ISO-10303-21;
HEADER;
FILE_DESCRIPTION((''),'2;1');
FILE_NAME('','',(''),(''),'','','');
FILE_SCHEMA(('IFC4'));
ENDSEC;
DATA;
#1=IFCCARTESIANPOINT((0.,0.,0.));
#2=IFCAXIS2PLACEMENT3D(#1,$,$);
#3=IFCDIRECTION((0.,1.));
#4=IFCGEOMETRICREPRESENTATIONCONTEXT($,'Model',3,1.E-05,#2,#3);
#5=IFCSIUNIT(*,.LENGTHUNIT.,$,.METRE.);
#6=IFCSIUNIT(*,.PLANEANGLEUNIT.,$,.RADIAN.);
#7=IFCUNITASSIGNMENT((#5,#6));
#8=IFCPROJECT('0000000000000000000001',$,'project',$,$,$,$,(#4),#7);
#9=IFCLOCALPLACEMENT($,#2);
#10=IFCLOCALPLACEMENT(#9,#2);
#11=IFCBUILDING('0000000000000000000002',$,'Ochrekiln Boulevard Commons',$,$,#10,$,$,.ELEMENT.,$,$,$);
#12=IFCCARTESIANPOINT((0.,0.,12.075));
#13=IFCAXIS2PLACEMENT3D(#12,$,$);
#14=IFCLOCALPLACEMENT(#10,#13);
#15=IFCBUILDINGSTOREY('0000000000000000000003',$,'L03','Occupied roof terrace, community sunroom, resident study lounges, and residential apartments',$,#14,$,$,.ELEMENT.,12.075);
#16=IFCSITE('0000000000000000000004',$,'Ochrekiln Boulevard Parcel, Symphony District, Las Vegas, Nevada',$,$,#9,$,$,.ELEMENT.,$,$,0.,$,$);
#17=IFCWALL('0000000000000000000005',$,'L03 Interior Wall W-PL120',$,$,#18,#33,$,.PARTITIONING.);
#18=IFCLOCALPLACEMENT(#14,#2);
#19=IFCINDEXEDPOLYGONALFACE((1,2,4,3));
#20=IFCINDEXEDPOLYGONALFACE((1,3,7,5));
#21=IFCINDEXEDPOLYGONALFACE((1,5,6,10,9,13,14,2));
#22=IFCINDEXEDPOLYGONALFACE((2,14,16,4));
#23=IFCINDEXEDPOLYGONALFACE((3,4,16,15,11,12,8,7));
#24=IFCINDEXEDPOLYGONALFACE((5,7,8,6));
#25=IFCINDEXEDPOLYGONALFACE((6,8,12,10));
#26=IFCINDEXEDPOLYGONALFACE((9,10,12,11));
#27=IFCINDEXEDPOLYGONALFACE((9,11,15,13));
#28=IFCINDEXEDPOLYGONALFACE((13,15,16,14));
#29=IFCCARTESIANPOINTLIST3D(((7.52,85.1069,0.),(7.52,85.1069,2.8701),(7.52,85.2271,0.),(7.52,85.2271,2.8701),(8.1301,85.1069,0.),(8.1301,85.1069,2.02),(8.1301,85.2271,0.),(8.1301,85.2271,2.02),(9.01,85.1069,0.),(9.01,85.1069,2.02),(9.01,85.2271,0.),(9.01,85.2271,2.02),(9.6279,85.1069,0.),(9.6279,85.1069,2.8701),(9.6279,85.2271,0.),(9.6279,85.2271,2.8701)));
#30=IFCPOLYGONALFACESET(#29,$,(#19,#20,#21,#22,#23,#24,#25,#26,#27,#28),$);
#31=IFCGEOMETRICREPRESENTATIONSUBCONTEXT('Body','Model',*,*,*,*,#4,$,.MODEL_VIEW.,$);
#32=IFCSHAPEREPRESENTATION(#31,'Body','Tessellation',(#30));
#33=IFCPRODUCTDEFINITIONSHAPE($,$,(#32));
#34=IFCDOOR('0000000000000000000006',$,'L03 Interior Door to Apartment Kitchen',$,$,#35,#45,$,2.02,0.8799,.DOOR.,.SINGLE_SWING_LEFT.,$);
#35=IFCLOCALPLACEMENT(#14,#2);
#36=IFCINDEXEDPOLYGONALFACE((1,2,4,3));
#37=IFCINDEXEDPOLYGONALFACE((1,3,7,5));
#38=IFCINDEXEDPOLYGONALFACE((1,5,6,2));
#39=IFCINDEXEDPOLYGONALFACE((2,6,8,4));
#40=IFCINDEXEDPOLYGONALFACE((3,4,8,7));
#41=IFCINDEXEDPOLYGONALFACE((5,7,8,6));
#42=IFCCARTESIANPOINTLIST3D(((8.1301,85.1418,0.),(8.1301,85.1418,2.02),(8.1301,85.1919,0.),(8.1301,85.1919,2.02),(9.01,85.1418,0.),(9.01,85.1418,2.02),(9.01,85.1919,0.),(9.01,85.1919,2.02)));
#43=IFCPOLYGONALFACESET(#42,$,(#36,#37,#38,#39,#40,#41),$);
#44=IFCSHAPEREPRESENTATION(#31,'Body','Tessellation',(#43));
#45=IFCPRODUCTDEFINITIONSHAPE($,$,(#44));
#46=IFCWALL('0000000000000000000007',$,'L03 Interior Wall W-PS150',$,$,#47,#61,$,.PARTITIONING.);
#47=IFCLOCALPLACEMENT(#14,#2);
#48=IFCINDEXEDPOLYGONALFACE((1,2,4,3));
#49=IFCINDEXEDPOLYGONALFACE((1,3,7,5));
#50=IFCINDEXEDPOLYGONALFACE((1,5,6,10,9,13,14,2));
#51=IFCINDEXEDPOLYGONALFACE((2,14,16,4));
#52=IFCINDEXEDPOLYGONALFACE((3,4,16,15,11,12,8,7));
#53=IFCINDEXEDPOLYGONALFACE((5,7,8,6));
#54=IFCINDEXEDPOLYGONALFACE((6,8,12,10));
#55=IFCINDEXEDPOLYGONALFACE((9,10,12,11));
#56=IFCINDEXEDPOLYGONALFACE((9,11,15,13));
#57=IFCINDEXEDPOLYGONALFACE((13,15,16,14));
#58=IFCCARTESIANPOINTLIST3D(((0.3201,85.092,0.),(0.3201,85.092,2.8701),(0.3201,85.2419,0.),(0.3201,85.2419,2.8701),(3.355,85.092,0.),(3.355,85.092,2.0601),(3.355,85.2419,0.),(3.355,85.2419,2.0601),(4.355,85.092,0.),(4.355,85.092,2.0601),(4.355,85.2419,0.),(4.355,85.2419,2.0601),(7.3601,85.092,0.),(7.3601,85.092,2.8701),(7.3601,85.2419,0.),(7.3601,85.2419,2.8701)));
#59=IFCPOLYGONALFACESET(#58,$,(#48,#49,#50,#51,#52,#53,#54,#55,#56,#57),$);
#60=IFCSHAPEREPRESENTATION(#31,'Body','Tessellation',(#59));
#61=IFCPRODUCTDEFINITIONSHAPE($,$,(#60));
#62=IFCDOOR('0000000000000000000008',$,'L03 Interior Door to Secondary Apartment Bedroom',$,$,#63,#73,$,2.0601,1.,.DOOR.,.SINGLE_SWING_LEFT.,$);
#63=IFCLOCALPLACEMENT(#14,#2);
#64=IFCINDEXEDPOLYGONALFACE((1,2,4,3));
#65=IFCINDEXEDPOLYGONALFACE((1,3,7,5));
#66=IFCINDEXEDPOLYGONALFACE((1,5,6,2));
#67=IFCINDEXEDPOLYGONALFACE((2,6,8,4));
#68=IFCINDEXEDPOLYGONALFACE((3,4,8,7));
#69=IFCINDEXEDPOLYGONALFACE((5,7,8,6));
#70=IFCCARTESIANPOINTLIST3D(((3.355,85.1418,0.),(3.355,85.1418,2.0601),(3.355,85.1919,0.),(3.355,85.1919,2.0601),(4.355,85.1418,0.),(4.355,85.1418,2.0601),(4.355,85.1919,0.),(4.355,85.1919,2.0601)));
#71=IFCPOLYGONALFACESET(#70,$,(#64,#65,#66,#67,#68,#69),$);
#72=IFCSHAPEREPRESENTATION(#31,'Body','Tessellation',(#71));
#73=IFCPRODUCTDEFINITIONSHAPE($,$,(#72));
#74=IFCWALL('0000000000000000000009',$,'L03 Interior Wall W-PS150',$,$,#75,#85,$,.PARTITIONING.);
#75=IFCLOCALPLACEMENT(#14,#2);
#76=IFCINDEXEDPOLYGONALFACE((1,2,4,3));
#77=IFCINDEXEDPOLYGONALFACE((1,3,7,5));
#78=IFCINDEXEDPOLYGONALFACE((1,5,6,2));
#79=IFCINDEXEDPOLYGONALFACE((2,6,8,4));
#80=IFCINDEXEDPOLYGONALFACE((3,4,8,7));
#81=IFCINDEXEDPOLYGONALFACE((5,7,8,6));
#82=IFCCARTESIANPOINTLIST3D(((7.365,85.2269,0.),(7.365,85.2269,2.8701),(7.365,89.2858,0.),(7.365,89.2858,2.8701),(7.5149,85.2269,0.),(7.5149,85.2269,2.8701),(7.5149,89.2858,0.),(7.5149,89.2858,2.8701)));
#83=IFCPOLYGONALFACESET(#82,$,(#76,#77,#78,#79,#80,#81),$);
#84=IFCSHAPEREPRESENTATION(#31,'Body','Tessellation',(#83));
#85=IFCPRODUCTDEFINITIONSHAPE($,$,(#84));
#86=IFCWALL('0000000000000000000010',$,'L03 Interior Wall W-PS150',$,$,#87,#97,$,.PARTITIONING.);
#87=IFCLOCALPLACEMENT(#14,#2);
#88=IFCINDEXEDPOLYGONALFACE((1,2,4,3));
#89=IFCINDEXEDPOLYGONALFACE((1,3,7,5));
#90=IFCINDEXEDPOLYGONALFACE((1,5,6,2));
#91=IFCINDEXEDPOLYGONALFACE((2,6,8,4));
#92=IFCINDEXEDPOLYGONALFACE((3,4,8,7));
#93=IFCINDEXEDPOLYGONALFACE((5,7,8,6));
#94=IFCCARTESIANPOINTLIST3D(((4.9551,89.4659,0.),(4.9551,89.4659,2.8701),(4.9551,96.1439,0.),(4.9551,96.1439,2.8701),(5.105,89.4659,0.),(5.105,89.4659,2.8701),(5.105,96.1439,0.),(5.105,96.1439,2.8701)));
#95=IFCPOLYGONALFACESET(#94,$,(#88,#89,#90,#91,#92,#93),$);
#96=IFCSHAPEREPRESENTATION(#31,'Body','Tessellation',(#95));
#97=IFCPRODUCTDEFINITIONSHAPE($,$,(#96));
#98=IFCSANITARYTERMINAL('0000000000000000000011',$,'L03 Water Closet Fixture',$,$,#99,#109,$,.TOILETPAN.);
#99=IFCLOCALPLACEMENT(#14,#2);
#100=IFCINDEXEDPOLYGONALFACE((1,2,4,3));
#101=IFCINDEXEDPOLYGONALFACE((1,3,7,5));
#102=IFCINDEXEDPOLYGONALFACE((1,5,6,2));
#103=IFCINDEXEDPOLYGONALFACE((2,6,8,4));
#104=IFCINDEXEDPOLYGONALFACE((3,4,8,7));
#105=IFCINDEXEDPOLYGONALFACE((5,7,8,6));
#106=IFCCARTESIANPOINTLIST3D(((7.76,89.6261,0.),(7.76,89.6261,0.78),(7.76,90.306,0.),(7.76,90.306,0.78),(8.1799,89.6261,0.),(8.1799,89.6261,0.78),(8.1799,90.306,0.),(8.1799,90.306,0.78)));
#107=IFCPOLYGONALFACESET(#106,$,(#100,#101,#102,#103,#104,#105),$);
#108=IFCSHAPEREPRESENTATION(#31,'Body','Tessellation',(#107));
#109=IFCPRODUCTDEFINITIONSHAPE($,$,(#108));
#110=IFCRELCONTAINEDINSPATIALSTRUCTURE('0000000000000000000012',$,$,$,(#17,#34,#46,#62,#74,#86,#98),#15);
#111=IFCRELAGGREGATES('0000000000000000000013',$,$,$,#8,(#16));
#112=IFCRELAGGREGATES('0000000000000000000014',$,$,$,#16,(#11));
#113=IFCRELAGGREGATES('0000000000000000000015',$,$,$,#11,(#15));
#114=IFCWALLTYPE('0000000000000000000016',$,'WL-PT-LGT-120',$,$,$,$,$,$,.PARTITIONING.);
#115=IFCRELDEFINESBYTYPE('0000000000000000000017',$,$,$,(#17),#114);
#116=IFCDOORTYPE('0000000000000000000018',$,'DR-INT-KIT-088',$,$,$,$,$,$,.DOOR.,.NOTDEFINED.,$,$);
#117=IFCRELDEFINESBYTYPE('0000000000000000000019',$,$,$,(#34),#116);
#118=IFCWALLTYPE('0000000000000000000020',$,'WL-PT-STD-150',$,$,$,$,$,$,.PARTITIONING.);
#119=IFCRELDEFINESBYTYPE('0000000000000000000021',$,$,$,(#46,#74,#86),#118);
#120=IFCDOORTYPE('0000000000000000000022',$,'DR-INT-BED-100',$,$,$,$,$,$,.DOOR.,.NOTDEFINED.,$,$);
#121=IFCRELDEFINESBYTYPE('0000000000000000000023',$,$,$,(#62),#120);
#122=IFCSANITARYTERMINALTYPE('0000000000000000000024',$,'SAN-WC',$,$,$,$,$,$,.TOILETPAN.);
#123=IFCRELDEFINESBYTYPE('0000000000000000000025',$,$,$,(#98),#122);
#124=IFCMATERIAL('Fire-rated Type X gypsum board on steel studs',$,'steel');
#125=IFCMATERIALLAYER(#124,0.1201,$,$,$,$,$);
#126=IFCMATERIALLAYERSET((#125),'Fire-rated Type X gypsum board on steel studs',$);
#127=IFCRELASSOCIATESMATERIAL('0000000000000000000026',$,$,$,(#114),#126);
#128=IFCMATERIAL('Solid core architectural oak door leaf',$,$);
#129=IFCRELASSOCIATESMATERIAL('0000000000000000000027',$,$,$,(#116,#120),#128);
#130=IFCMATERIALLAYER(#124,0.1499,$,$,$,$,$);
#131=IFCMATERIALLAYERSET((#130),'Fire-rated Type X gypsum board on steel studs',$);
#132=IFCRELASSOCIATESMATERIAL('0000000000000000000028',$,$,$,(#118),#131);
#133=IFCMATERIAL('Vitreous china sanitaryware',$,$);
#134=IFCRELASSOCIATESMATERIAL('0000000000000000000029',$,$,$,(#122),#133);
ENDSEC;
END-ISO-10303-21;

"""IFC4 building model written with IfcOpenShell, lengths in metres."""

from ifc_helpers import new_model, si_unit, direction, frame, frame_2d, origin, origin_2d, place, context, subcontext, project, spatial, rectangle, extrude, material, layer, layer_set, type_object, element, fill, save


model = new_model("IFC4")

# Units and contexts
model_context = context("Model", 3, precision=1e-05, world=origin(), true_north=direction((0.0, 1.0)))
body_context = subcontext(model_context, "Body", "Model", "MODEL_VIEW")
ifc_project = project(units=[si_unit("LENGTHUNIT", "METRE"), si_unit("PLANEANGLEUNIT", "RADIAN")], contexts=[model_context])

# Site, building, storey
site_placement = place(None, origin())
site = spatial("IfcSite", under=ifc_project, at=site_placement, Name="Ochrekiln Boulevard Parcel, Symphony District, Las Vegas, Nevada", CompositionType="ELEMENT", RefElevation=0.0)
building_placement = place(site_placement, origin())
building = spatial("IfcBuilding", under=site, at=building_placement, Name="Ochrekiln Boulevard Commons", CompositionType="ELEMENT")
storey_placement = place(building_placement, frame((0.0, 0.0, 12.075)))
storey = spatial("IfcBuildingStorey", under=building, at=storey_placement, Name="L03", Description="Occupied roof terrace, community sunroom, resident study lounges, and residential apartments", CompositionType="ELEMENT", Elevation=12.075)

# Shared definitions
ifc_material_1 = material(Name="Solid core architectural oak door leaf")

# Shared definitions
ifc_material_2 = material(Name="Fire-rated Type X gypsum board on steel studs", Category="steel")

# Walls, openings, doors
ifc_layer_1 = layer(ifc_material_2, 0.1201)
ifc_layer_set_1 = layer_set([ifc_layer_1], Name="Fire-rated Type X gypsum board on steel studs")
wall_type_1 = type_object("IfcWallType", Name="WL-PT-LGT-120", PredefinedType="PARTITIONING", material=ifc_layer_set_1)
wall_1_placement = place(storey_placement, frame((7.52, 85.167, 0.0), z_axis=(0.0, 0.0, 1.0), x_axis=(1.0, 0.0, 0.0)))
wall_1 = element("IfcWall", 1, at=wall_1_placement, inside=storey, type_object=wall_type_1, Name="L03 Interior Wall W-PL120", PredefinedType="PARTITIONING", context=body_context, shape_type="SweptSolid", body=[
    extrude(rectangle(XDim=2.1079, YDim=0.1201, at=frame_2d((1.054, 0.0))), origin(), (0.0, 0.0, 1.0), 2.8701),
])
opening_1_placement = place(wall_1_placement, frame((0.6101, 0.0, 0.0)))
opening_1 = element("IfcOpeningElement", 2, at=opening_1_placement, cuts=wall_1, PredefinedType="OPENING", context=body_context, shape_type="SweptSolid", body=[
    extrude(rectangle(XDim=0.8799, YDim=2.02, at=frame_2d((0.4399, 1.01))), frame((0.0, 0.0701, 0.0), z_axis=(0.0, -1.0, 0.0), x_axis=(1.0, 0.0, 0.0)), (0.0, 0.0, 1.0), 0.1401),
])
door_type_1 = type_object("IfcDoorType", Name="DR-INT-KIT-088", OperationType="NOTDEFINED", PredefinedType="DOOR", material=ifc_material_1)
door_1_placement = place(opening_1_placement, origin())
door_1 = element("IfcDoor", 3, at=door_1_placement, inside=storey, type_object=door_type_1, Name="L03 Interior Door to Apartment Kitchen", OperationType="SINGLE_SWING_LEFT", OverallHeight=2.02, OverallWidth=0.8799, PredefinedType="DOOR", context=body_context, shape_type="SweptSolid", body=[
    extrude(rectangle(XDim=0.8799, YDim=2.02, at=frame_2d((0.4399, 1.01))), frame((0.0, 0.0249, 0.0), z_axis=(0.0, -1.0, 0.0), x_axis=(1.0, 0.0, 0.0)), (0.0, 0.0, 1.0), 0.05),
])
fill(opening_1, door_1)
ifc_layer_2 = layer(ifc_material_2, 0.1499)
ifc_layer_set_2 = layer_set([ifc_layer_2], Name="Fire-rated Type X gypsum board on steel studs")
wall_type_2 = type_object("IfcWallType", Name="WL-PT-STD-150", PredefinedType="PARTITIONING", material=ifc_layer_set_2)
wall_2_placement = place(storey_placement, frame((0.3201, 85.167, 0.0), z_axis=(0.0, 0.0, 1.0), x_axis=(1.0, 0.0, 0.0)))
wall_2 = element("IfcWall", 4, at=wall_2_placement, inside=storey, type_object=wall_type_2, Name="L03 Interior Wall W-PS150", PredefinedType="PARTITIONING", context=body_context, shape_type="SweptSolid", body=[
    extrude(rectangle(XDim=7.04, YDim=0.1499, at=frame_2d((3.52, 0.0))), origin(), (0.0, 0.0, 1.0), 2.8701),
])
opening_2_placement = place(wall_2_placement, frame((3.0349, 0.0, 0.0)))
opening_2 = element("IfcOpeningElement", 5, at=opening_2_placement, cuts=wall_2, PredefinedType="OPENING", context=body_context, shape_type="SweptSolid", body=[
    extrude(rectangle(XDim=1.0, YDim=2.0601, at=frame_2d((0.5, 1.03))), frame((0.0, 0.085, 0.0), z_axis=(0.0, -1.0, 0.0), x_axis=(1.0, 0.0, 0.0)), (0.0, 0.0, 1.0), 0.1699),
])
door_type_2 = type_object("IfcDoorType", Name="DR-INT-BED-100", OperationType="NOTDEFINED", PredefinedType="DOOR", material=ifc_material_1)
door_2_placement = place(opening_2_placement, origin())
door_2 = element("IfcDoor", 6, at=door_2_placement, inside=storey, type_object=door_type_2, Name="L03 Interior Door to Secondary Apartment Bedroom", OperationType="SINGLE_SWING_LEFT", OverallHeight=2.0601, OverallWidth=1.0, PredefinedType="DOOR", context=body_context, shape_type="SweptSolid", body=[
    extrude(rectangle(XDim=1.0, YDim=2.0601, at=frame_2d((0.5, 1.03))), frame((0.0, 0.0249, 0.0), z_axis=(0.0, -1.0, 0.0), x_axis=(1.0, 0.0, 0.0)), (0.0, 0.0, 1.0), 0.05),
])
fill(opening_2, door_2)

# Walls
wall_3_placement = place(storey_placement, frame((7.4399, 85.2271, 0.0), z_axis=(0.0, 0.0, 1.0), x_axis=(0.0, 1.0, 0.0)))
element("IfcWall", 7, at=wall_3_placement, inside=storey, type_object=wall_type_2, Name="L03 Interior Wall W-PS150", PredefinedType="PARTITIONING", context=body_context, shape_type="SweptSolid", body=[
    extrude(rectangle(XDim=4.0588, YDim=0.1499, at=frame_2d((2.0293, 0.0))), origin(), (0.0, 0.0, 1.0), 2.8701),
])
wall_4_placement = place(storey_placement, frame((5.03, 89.4661, 0.0), z_axis=(0.0, 0.0, 1.0), x_axis=(0.0, 1.0, 0.0)))
element("IfcWall", 8, at=wall_4_placement, inside=storey, type_object=wall_type_2, Name="L03 Interior Wall W-PS150", PredefinedType="PARTITIONING", context=body_context, shape_type="SweptSolid", body=[
    extrude(rectangle(XDim=6.678, YDim=0.1499, at=frame_2d((3.3389, 0.0))), origin(), (0.0, 0.0, 1.0), 2.8701),
])

# Sanitary terminal
ifc_material_3 = material(Name="Vitreous china sanitaryware")
sanitary_terminal_type = type_object("IfcSanitaryTerminalType", Name="SAN-WC", PredefinedType="TOILETPAN", material=ifc_material_3)
sanitary_terminal_placement = place(storey_placement, frame((7.97, 89.9661, 0.0), z_axis=(0.0, 0.0, 1.0), x_axis=(1.0, 0.0, 0.0)))
element("IfcSanitaryTerminal", 9, at=sanitary_terminal_placement, inside=storey, type_object=sanitary_terminal_type, Name="L03 Water Closet Fixture", PredefinedType="TOILETPAN", context=body_context, shape_type="SweptSolid", body=[
    extrude(rectangle(XDim=0.4199, YDim=0.6799, at=origin_2d()), origin(), (0.0, 0.0, 1.0), 0.78),
])

save(model, "model.ifc")
